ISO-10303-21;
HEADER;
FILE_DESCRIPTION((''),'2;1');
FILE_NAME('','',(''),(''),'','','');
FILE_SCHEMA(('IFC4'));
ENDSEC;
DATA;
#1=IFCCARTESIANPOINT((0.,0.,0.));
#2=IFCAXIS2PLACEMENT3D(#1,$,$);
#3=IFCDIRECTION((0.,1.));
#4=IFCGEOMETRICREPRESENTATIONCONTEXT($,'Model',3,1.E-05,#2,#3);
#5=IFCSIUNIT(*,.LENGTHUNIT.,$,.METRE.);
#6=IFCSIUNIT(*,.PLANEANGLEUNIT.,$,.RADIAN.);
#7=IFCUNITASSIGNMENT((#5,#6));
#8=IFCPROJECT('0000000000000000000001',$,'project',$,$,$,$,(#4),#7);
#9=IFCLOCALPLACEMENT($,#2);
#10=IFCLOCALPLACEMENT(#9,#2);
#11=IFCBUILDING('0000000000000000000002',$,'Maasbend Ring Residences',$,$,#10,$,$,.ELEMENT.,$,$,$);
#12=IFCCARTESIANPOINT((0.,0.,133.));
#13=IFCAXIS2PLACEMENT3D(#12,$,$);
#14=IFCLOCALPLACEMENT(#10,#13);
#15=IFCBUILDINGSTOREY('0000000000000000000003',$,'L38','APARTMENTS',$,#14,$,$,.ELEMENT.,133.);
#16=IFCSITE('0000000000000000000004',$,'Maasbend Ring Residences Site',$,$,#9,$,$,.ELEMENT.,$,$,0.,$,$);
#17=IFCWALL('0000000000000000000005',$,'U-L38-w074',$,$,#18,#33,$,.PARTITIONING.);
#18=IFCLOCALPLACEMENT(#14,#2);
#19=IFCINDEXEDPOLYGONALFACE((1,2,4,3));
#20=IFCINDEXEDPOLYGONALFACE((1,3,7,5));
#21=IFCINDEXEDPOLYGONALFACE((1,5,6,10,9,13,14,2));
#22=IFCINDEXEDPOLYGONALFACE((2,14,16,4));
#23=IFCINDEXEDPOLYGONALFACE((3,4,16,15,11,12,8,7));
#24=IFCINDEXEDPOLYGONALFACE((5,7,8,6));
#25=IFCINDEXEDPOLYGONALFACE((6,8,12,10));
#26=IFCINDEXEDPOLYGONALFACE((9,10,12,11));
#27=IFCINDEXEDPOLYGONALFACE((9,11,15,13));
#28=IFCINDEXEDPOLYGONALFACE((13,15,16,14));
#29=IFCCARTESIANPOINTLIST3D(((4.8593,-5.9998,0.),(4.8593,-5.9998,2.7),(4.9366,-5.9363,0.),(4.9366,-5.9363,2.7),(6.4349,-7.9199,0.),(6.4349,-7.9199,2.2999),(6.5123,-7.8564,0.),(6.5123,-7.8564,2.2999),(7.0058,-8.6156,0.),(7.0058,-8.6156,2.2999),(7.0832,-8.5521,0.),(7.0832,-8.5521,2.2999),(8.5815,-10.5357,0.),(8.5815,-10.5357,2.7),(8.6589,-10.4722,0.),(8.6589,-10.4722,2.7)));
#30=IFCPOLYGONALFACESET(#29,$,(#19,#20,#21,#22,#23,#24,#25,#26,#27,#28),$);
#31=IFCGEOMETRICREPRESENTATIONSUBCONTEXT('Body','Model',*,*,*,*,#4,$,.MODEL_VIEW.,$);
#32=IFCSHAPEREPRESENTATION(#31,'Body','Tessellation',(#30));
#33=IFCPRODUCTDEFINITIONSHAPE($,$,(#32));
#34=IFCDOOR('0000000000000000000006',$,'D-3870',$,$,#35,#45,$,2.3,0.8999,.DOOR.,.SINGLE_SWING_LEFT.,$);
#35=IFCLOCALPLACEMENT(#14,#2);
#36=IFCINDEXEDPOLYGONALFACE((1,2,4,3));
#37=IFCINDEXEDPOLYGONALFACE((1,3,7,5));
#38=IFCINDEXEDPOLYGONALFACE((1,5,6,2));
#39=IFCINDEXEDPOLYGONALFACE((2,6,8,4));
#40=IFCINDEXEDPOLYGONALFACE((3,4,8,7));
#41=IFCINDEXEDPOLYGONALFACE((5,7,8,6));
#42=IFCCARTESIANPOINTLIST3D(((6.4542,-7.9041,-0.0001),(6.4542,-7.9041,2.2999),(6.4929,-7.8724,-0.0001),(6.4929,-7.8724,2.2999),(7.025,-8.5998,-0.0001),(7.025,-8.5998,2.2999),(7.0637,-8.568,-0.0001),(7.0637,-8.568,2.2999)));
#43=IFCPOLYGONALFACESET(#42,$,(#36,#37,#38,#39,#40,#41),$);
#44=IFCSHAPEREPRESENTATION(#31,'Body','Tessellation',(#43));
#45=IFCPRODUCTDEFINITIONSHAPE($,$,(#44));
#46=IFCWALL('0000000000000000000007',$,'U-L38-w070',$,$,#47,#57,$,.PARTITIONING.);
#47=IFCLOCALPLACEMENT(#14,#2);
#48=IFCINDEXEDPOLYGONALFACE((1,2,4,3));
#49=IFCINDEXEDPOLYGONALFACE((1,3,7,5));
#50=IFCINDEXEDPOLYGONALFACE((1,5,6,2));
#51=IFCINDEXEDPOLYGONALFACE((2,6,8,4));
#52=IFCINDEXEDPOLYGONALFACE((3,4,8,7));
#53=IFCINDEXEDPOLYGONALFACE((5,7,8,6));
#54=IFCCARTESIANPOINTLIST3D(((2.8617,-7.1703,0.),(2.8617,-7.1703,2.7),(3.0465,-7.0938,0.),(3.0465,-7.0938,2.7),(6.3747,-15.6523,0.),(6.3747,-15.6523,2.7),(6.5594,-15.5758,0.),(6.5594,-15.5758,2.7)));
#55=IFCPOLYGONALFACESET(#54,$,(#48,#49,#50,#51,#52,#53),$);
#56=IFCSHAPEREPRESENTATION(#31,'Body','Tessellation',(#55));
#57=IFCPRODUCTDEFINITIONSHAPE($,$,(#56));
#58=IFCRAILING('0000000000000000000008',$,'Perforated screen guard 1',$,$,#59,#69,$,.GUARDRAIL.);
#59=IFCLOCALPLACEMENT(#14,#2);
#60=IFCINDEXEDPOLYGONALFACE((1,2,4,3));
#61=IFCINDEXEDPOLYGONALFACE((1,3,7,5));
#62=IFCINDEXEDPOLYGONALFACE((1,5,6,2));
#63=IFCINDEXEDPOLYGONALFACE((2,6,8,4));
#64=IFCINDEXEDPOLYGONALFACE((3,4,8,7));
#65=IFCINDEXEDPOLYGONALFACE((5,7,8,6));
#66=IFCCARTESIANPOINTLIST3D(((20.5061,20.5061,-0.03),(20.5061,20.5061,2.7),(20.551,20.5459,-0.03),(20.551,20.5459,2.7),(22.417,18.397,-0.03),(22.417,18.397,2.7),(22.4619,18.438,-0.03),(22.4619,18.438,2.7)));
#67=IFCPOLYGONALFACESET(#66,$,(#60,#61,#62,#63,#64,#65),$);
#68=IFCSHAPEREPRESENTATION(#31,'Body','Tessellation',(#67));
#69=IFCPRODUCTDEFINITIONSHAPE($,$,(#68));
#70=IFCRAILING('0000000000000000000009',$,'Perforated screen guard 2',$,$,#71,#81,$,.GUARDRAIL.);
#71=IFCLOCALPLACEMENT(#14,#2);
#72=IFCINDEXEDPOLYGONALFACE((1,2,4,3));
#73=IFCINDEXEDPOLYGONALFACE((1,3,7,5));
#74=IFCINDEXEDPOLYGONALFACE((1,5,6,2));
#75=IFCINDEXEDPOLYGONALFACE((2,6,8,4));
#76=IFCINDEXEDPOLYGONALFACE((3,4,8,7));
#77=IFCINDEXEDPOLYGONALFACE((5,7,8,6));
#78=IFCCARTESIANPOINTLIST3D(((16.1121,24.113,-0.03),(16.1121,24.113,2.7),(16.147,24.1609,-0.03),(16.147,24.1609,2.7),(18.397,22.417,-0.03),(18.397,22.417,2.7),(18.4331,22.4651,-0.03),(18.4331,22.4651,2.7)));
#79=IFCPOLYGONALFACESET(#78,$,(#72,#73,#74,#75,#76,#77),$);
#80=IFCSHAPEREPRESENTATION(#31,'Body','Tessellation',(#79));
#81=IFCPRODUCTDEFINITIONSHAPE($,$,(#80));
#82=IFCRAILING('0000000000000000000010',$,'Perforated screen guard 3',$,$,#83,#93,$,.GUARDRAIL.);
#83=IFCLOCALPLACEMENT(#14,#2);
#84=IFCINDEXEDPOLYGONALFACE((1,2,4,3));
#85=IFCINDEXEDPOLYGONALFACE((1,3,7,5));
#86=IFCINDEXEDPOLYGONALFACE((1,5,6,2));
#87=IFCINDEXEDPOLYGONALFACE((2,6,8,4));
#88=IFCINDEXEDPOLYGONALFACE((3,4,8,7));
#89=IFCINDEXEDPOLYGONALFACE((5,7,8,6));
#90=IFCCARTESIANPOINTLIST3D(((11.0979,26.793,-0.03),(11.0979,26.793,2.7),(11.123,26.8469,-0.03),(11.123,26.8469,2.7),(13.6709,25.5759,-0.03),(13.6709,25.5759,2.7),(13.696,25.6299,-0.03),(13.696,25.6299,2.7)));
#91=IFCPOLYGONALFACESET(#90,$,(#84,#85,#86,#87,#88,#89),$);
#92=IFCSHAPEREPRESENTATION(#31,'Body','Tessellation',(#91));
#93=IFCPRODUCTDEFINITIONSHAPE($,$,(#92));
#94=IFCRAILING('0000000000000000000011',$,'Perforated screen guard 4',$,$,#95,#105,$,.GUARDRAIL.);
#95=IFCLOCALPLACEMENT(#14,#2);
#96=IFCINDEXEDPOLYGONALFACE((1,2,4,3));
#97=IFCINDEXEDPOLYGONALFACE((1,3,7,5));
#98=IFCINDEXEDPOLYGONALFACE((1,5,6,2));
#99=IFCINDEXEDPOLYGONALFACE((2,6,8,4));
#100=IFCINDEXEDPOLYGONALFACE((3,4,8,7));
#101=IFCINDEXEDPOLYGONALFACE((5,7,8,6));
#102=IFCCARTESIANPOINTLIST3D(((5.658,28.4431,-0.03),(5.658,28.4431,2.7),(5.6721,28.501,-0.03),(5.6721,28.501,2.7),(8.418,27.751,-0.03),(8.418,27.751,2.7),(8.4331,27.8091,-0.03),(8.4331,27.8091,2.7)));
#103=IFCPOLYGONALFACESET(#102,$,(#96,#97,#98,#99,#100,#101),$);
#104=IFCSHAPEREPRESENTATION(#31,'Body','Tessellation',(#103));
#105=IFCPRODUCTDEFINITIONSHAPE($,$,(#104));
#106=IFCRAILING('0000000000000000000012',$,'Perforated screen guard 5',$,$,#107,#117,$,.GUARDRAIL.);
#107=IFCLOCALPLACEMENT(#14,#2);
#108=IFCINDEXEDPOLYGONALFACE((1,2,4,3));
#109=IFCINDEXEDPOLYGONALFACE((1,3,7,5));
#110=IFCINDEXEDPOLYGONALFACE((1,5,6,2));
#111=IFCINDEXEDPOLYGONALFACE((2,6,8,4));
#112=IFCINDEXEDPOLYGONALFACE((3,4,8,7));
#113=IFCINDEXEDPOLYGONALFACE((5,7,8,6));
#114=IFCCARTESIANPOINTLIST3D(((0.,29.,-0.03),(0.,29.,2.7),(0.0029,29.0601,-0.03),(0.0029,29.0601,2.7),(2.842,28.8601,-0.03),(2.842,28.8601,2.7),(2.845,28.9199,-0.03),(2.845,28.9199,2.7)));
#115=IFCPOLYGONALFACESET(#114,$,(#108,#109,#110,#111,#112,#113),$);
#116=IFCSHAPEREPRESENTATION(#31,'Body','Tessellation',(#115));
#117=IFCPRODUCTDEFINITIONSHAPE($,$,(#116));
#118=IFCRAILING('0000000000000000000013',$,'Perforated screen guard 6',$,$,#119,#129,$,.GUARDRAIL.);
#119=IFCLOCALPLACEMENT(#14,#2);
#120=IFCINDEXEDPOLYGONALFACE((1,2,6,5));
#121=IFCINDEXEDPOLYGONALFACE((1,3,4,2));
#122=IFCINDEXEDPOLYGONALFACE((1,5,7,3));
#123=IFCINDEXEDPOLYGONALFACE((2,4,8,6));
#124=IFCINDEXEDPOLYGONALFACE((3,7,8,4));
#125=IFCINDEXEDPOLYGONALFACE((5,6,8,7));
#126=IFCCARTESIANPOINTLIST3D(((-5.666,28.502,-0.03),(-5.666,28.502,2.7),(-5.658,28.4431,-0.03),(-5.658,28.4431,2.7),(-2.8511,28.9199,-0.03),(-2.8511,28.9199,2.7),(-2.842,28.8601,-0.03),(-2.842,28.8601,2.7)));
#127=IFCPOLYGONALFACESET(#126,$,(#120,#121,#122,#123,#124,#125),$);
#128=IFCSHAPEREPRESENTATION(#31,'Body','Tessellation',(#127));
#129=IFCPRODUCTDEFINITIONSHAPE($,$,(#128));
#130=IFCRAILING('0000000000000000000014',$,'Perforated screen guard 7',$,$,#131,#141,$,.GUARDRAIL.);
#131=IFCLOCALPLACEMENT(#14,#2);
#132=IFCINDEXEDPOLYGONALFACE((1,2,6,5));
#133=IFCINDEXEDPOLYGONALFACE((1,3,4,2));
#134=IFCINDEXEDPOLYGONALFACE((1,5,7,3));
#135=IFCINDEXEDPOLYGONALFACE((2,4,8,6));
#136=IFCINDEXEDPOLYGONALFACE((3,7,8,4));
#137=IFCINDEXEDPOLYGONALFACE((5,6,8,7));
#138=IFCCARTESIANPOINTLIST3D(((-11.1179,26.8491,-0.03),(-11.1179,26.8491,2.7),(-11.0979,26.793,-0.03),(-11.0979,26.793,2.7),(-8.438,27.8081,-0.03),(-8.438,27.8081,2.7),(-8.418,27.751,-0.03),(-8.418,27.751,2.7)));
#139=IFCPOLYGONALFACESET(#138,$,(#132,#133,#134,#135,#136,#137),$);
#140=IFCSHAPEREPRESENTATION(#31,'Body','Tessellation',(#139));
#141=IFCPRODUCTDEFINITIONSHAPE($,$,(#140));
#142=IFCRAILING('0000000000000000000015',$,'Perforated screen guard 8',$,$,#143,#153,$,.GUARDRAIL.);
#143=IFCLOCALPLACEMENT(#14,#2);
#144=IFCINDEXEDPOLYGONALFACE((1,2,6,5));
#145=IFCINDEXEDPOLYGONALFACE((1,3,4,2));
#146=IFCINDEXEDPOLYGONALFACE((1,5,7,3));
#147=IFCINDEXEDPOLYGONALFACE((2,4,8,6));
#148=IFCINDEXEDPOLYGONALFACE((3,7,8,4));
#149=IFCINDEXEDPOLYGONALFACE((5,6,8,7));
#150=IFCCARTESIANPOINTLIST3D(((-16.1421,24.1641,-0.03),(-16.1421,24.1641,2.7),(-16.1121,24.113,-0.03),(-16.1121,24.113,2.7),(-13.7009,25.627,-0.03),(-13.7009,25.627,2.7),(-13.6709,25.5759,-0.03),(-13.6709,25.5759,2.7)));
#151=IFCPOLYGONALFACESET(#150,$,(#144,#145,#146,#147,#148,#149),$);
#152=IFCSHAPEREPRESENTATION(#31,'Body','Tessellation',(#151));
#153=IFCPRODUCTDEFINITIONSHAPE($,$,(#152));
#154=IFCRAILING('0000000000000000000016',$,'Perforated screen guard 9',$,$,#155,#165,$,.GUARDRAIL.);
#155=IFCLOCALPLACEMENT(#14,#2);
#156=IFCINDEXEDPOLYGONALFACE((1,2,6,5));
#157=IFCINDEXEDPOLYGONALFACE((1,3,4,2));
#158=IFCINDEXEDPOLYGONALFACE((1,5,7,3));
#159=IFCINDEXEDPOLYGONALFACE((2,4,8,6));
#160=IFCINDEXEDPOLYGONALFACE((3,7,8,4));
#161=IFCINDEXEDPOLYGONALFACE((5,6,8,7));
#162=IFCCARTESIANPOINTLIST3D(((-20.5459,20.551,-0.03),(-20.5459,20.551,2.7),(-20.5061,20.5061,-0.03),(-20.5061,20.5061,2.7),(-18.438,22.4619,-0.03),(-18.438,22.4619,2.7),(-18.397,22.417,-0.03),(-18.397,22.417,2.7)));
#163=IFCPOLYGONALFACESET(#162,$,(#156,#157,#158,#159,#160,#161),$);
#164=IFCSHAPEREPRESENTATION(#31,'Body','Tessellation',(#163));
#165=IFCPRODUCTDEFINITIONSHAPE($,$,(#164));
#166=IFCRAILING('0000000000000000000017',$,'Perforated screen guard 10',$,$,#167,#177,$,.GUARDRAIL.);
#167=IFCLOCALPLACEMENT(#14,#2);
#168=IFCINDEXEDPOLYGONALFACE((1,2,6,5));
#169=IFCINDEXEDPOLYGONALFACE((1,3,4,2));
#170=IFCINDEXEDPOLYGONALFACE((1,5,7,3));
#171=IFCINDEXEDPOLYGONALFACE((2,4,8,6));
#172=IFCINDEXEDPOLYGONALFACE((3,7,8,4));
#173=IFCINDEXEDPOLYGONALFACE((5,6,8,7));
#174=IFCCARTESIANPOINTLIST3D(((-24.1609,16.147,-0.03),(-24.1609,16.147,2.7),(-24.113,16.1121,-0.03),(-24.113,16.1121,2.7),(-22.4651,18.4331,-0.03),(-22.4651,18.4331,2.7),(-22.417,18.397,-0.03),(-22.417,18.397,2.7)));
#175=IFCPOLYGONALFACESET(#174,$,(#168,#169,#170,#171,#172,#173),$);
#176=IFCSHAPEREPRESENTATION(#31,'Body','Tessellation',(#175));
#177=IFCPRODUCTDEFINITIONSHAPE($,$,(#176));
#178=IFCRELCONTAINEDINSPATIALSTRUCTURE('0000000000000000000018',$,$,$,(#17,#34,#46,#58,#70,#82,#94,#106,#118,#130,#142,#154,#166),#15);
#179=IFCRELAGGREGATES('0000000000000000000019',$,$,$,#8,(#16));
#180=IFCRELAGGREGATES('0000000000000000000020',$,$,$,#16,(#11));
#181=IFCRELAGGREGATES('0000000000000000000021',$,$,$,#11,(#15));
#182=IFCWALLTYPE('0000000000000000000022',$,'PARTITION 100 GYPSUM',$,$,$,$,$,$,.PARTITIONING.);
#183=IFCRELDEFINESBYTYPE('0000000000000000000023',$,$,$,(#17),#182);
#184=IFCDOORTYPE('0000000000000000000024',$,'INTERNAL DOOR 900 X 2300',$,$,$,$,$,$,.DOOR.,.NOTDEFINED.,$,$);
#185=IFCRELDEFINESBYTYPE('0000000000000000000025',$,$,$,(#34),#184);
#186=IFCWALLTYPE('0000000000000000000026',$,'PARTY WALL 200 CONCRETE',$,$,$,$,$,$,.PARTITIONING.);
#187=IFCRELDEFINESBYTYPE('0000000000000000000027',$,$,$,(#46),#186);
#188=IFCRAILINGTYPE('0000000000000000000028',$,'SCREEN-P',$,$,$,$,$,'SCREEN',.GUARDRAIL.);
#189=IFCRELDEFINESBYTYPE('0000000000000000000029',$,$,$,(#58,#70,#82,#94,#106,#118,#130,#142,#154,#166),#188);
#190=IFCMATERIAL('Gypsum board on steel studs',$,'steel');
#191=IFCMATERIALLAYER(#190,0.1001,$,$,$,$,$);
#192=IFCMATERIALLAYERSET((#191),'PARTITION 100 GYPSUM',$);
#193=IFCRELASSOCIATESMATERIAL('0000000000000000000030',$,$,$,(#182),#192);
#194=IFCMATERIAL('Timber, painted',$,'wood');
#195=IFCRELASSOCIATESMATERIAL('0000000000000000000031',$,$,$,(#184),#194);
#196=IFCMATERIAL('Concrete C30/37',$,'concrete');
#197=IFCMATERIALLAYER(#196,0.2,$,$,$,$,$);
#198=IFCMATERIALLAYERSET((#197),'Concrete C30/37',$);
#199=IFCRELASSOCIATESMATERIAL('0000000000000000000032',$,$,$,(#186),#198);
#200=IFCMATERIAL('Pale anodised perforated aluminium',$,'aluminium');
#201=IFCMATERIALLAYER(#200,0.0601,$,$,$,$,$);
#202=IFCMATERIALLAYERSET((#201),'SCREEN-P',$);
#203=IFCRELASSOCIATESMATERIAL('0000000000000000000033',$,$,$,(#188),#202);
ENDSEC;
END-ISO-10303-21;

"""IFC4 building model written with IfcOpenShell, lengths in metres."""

from ifc_helpers import new_model, si_unit, direction, frame, frame_2d, origin, place, context, subcontext, project, spatial, polyline, rectangle, outline, extrude, material, layer, layer_set, type_object, element, fill, save


model = new_model("IFC4")

# Units and contexts
model_context = context("Model", 3, precision=1e-05, world=origin(), true_north=direction((0.0, 1.0)))
body_context = subcontext(model_context, "Body", "Model", "MODEL_VIEW")
ifc_project = project(units=[si_unit("LENGTHUNIT", "METRE"), si_unit("PLANEANGLEUNIT", "RADIAN")], contexts=[model_context])

# Site, building, storey
site_placement = place(None, origin())
site = spatial("IfcSite", under=ifc_project, at=site_placement, Name="Maasbend Ring Residences Site", CompositionType="ELEMENT", RefElevation=0.0)
building_placement = place(site_placement, origin())
building = spatial("IfcBuilding", under=site, at=building_placement, Name="Maasbend Ring Residences", CompositionType="ELEMENT")
storey_placement = place(building_placement, frame((0.0, 0.0, 133.0)))
storey = spatial("IfcBuildingStorey", under=building, at=storey_placement, Name="L38", Description="APARTMENTS", CompositionType="ELEMENT", Elevation=133.0)

# Wall, opening, door
ifc_material_1 = material(Name="Gypsum board on steel studs", Category="steel")
ifc_layer_1 = layer(ifc_material_1, 0.1001)
ifc_layer_set_1 = layer_set([ifc_layer_1], Name="PARTITION 100 GYPSUM")
wall_type_1 = type_object("IfcWallType", Name="PARTITION 100 GYPSUM", PredefinedType="PARTITIONING", material=ifc_layer_set_1)
wall_1_placement = place(storey_placement, frame((4.8979, -5.968, 0.0), z_axis=(0.0, 0.0, 1.0), x_axis=(0.634359, -0.773039, 0.0)))
wall_1 = element("IfcWall", 1, at=wall_1_placement, inside=storey, type_object=wall_type_1, Name="U-L38-w074", PredefinedType="PARTITIONING", context=body_context, shape_type="SweptSolid", body=[
    extrude(rectangle(XDim=5.8677, YDim=0.1001, at=frame_2d((2.9338, 0.0))), origin(), (0.0, 0.0, 1.0), 2.7),
])
opening_placement = place(wall_1_placement, frame((2.4839, 0.0, 0.0)))
opening = element("IfcOpeningElement", 2, at=opening_placement, cuts=wall_1, PredefinedType="OPENING", context=body_context, shape_type="SweptSolid", body=[
    extrude(rectangle(XDim=0.8999, YDim=2.3, at=frame_2d((0.45, 1.1499))), frame((0.0, 0.0601, 0.0), z_axis=(0.0, -1.0, 0.0), x_axis=(1.0, 0.0, 0.0)), (0.0, 0.0, 1.0), 0.1201),
])
ifc_material_2 = material(Name="Timber, painted", Category="wood")
door_type = type_object("IfcDoorType", Name="INTERNAL DOOR 900 X 2300", OperationType="NOTDEFINED", PredefinedType="DOOR", material=ifc_material_2)
door_placement = place(opening_placement, origin())
door = element("IfcDoor", 3, at=door_placement, inside=storey, type_object=door_type, Name="D-3870", OperationType="SINGLE_SWING_LEFT", OverallHeight=2.3, OverallWidth=0.8999, PredefinedType="DOOR", context=body_context, shape_type="SweptSolid", body=[
    extrude(rectangle(XDim=0.8999, YDim=2.3, at=frame_2d((0.45, 1.1499))), frame((0.0, 0.0249, 0.0), z_axis=(0.0, -1.0, 0.0), x_axis=(1.0, 0.0, 0.0)), (0.0, 0.0, 1.0), 0.05),
])
fill(opening, door)

# Wall
ifc_material_3 = material(Name="Concrete C30/37", Category="concrete")
ifc_layer_2 = layer(ifc_material_3, 0.2)
ifc_layer_set_2 = layer_set([ifc_layer_2], Name="Concrete C30/37")
wall_type_2 = type_object("IfcWallType", Name="PARTY WALL 200 CONCRETE", PredefinedType="PARTITIONING", material=ifc_layer_set_2)
wall_2_placement = place(storey_placement, frame((2.9541, -7.1321, 0.0), z_axis=(0.0, 0.0, 1.0), x_axis=(0.382647, -0.923895, 0.0)))
element("IfcWall", 4, at=wall_2_placement, inside=storey, type_object=wall_type_2, Name="U-L38-w070", PredefinedType="PARTITIONING", context=body_context, shape_type="SweptSolid", body=[
    extrude(rectangle(XDim=9.1807, YDim=0.2, at=frame_2d((4.5903, 0.0))), origin(), (0.0, 0.0, 1.0), 2.7),
])

# Railings
ifc_material_4 = material(Name="Pale anodised perforated aluminium", Category="aluminium")
ifc_layer_3 = layer(ifc_material_4, 0.0601)
ifc_layer_set_3 = layer_set([ifc_layer_3], Name="SCREEN-P")
railing_type = type_object("IfcRailingType", Name="SCREEN-P", ElementType="SCREEN", PredefinedType="GUARDRAIL", material=ifc_layer_set_3)
railing_1_placement = place(storey_placement, frame((0.0, 0.0, -0.03)))
element("IfcRailing", 5, at=railing_1_placement, inside=storey, type_object=railing_type, Name="Perforated screen guard 1", PredefinedType="GUARDRAIL", context=body_context, shape_type="SweptSolid", body=[
    extrude(outline(polyline([(22.417, 18.397), (20.5061, 20.5061), (20.551, 20.5459), (22.4619, 18.438), (22.417, 18.397)])), origin(), (0.0, 0.0, 1.0), 2.73),
])
railing_2_placement = place(storey_placement, frame((0.0, 0.0, -0.03)))
element("IfcRailing", 6, at=railing_2_placement, inside=storey, type_object=railing_type, Name="Perforated screen guard 2", PredefinedType="GUARDRAIL", context=body_context, shape_type="SweptSolid", body=[
    extrude(outline(polyline([(18.397, 22.417), (16.1121, 24.113), (16.147, 24.1609), (18.4331, 22.4651), (18.397, 22.417)])), origin(), (0.0, 0.0, 1.0), 2.73),
])
railing_3_placement = place(storey_placement, frame((0.0, 0.0, -0.03)))
element("IfcRailing", 7, at=railing_3_placement, inside=storey, type_object=railing_type, Name="Perforated screen guard 3", PredefinedType="GUARDRAIL", context=body_context, shape_type="SweptSolid", body=[
    extrude(outline(polyline([(13.6709, 25.5759), (11.0979, 26.793), (11.123, 26.8469), (13.696, 25.6299), (13.6709, 25.5759)])), origin(), (0.0, 0.0, 1.0), 2.73),
])
railing_4_placement = place(storey_placement, frame((0.0, 0.0, -0.03)))
element("IfcRailing", 8, at=railing_4_placement, inside=storey, type_object=railing_type, Name="Perforated screen guard 4", PredefinedType="GUARDRAIL", context=body_context, shape_type="SweptSolid", body=[
    extrude(outline(polyline([(8.418, 27.751), (5.658, 28.4431), (5.6721, 28.501), (8.4331, 27.8091), (8.418, 27.751)])), origin(), (0.0, 0.0, 1.0), 2.73),
])
railing_5_placement = place(storey_placement, frame((0.0, 0.0, -0.03)))
element("IfcRailing", 9, at=railing_5_placement, inside=storey, type_object=railing_type, Name="Perforated screen guard 5", PredefinedType="GUARDRAIL", context=body_context, shape_type="SweptSolid", body=[
    extrude(outline(polyline([(2.842, 28.8601), (0.0, 29.0), (0.0029, 29.0601), (2.845, 28.9199), (2.842, 28.8601)])), origin(), (0.0, 0.0, 1.0), 2.73),
])
railing_6_placement = place(storey_placement, frame((0.0, 0.0, -0.03)))
element("IfcRailing", 10, at=railing_6_placement, inside=storey, type_object=railing_type, Name="Perforated screen guard 6", PredefinedType="GUARDRAIL", context=body_context, shape_type="SweptSolid", body=[
    extrude(outline(polyline([(-2.842, 28.8601), (-5.658, 28.4431), (-5.666, 28.502), (-2.8511, 28.9199), (-2.842, 28.8601)])), origin(), (0.0, 0.0, 1.0), 2.73),
])
railing_7_placement = place(storey_placement, frame((0.0, 0.0, -0.03)))
element("IfcRailing", 11, at=railing_7_placement, inside=storey, type_object=railing_type, Name="Perforated screen guard 7", PredefinedType="GUARDRAIL", context=body_context, shape_type="SweptSolid", body=[
    extrude(outline(polyline([(-8.418, 27.751), (-11.0979, 26.793), (-11.1179, 26.8491), (-8.438, 27.8081), (-8.418, 27.751)])), origin(), (0.0, 0.0, 1.0), 2.73),
])
railing_8_placement = place(storey_placement, frame((0.0, 0.0, -0.03)))
element("IfcRailing", 12, at=railing_8_placement, inside=storey, type_object=railing_type, Name="Perforated screen guard 8", PredefinedType="GUARDRAIL", context=body_context, shape_type="SweptSolid", body=[
    extrude(outline(polyline([(-13.6709, 25.5759), (-16.1121, 24.113), (-16.1421, 24.1641), (-13.7009, 25.627), (-13.6709, 25.5759)])), origin(), (0.0, 0.0, 1.0), 2.73),
])
railing_9_placement = place(storey_placement, frame((0.0, 0.0, -0.03)))
element("IfcRailing", 13, at=railing_9_placement, inside=storey, type_object=railing_type, Name="Perforated screen guard 9", PredefinedType="GUARDRAIL", context=body_context, shape_type="SweptSolid", body=[
    extrude(outline(polyline([(-18.397, 22.417), (-20.5061, 20.5061), (-20.5459, 20.551), (-18.438, 22.4619), (-18.397, 22.417)])), origin(), (0.0, 0.0, 1.0), 2.73),
])
railing_10_placement = place(storey_placement, frame((0.0, 0.0, -0.03)))
element("IfcRailing", 14, at=railing_10_placement, inside=storey, type_object=railing_type, Name="Perforated screen guard 10", PredefinedType="GUARDRAIL", context=body_context, shape_type="SweptSolid", body=[
    extrude(outline(polyline([(-22.417, 18.397), (-24.113, 16.1121), (-24.1609, 16.147), (-22.4651, 18.4331), (-22.417, 18.397)])), origin(), (0.0, 0.0, 1.0), 2.73),
])

save(model, "model.ifc")
